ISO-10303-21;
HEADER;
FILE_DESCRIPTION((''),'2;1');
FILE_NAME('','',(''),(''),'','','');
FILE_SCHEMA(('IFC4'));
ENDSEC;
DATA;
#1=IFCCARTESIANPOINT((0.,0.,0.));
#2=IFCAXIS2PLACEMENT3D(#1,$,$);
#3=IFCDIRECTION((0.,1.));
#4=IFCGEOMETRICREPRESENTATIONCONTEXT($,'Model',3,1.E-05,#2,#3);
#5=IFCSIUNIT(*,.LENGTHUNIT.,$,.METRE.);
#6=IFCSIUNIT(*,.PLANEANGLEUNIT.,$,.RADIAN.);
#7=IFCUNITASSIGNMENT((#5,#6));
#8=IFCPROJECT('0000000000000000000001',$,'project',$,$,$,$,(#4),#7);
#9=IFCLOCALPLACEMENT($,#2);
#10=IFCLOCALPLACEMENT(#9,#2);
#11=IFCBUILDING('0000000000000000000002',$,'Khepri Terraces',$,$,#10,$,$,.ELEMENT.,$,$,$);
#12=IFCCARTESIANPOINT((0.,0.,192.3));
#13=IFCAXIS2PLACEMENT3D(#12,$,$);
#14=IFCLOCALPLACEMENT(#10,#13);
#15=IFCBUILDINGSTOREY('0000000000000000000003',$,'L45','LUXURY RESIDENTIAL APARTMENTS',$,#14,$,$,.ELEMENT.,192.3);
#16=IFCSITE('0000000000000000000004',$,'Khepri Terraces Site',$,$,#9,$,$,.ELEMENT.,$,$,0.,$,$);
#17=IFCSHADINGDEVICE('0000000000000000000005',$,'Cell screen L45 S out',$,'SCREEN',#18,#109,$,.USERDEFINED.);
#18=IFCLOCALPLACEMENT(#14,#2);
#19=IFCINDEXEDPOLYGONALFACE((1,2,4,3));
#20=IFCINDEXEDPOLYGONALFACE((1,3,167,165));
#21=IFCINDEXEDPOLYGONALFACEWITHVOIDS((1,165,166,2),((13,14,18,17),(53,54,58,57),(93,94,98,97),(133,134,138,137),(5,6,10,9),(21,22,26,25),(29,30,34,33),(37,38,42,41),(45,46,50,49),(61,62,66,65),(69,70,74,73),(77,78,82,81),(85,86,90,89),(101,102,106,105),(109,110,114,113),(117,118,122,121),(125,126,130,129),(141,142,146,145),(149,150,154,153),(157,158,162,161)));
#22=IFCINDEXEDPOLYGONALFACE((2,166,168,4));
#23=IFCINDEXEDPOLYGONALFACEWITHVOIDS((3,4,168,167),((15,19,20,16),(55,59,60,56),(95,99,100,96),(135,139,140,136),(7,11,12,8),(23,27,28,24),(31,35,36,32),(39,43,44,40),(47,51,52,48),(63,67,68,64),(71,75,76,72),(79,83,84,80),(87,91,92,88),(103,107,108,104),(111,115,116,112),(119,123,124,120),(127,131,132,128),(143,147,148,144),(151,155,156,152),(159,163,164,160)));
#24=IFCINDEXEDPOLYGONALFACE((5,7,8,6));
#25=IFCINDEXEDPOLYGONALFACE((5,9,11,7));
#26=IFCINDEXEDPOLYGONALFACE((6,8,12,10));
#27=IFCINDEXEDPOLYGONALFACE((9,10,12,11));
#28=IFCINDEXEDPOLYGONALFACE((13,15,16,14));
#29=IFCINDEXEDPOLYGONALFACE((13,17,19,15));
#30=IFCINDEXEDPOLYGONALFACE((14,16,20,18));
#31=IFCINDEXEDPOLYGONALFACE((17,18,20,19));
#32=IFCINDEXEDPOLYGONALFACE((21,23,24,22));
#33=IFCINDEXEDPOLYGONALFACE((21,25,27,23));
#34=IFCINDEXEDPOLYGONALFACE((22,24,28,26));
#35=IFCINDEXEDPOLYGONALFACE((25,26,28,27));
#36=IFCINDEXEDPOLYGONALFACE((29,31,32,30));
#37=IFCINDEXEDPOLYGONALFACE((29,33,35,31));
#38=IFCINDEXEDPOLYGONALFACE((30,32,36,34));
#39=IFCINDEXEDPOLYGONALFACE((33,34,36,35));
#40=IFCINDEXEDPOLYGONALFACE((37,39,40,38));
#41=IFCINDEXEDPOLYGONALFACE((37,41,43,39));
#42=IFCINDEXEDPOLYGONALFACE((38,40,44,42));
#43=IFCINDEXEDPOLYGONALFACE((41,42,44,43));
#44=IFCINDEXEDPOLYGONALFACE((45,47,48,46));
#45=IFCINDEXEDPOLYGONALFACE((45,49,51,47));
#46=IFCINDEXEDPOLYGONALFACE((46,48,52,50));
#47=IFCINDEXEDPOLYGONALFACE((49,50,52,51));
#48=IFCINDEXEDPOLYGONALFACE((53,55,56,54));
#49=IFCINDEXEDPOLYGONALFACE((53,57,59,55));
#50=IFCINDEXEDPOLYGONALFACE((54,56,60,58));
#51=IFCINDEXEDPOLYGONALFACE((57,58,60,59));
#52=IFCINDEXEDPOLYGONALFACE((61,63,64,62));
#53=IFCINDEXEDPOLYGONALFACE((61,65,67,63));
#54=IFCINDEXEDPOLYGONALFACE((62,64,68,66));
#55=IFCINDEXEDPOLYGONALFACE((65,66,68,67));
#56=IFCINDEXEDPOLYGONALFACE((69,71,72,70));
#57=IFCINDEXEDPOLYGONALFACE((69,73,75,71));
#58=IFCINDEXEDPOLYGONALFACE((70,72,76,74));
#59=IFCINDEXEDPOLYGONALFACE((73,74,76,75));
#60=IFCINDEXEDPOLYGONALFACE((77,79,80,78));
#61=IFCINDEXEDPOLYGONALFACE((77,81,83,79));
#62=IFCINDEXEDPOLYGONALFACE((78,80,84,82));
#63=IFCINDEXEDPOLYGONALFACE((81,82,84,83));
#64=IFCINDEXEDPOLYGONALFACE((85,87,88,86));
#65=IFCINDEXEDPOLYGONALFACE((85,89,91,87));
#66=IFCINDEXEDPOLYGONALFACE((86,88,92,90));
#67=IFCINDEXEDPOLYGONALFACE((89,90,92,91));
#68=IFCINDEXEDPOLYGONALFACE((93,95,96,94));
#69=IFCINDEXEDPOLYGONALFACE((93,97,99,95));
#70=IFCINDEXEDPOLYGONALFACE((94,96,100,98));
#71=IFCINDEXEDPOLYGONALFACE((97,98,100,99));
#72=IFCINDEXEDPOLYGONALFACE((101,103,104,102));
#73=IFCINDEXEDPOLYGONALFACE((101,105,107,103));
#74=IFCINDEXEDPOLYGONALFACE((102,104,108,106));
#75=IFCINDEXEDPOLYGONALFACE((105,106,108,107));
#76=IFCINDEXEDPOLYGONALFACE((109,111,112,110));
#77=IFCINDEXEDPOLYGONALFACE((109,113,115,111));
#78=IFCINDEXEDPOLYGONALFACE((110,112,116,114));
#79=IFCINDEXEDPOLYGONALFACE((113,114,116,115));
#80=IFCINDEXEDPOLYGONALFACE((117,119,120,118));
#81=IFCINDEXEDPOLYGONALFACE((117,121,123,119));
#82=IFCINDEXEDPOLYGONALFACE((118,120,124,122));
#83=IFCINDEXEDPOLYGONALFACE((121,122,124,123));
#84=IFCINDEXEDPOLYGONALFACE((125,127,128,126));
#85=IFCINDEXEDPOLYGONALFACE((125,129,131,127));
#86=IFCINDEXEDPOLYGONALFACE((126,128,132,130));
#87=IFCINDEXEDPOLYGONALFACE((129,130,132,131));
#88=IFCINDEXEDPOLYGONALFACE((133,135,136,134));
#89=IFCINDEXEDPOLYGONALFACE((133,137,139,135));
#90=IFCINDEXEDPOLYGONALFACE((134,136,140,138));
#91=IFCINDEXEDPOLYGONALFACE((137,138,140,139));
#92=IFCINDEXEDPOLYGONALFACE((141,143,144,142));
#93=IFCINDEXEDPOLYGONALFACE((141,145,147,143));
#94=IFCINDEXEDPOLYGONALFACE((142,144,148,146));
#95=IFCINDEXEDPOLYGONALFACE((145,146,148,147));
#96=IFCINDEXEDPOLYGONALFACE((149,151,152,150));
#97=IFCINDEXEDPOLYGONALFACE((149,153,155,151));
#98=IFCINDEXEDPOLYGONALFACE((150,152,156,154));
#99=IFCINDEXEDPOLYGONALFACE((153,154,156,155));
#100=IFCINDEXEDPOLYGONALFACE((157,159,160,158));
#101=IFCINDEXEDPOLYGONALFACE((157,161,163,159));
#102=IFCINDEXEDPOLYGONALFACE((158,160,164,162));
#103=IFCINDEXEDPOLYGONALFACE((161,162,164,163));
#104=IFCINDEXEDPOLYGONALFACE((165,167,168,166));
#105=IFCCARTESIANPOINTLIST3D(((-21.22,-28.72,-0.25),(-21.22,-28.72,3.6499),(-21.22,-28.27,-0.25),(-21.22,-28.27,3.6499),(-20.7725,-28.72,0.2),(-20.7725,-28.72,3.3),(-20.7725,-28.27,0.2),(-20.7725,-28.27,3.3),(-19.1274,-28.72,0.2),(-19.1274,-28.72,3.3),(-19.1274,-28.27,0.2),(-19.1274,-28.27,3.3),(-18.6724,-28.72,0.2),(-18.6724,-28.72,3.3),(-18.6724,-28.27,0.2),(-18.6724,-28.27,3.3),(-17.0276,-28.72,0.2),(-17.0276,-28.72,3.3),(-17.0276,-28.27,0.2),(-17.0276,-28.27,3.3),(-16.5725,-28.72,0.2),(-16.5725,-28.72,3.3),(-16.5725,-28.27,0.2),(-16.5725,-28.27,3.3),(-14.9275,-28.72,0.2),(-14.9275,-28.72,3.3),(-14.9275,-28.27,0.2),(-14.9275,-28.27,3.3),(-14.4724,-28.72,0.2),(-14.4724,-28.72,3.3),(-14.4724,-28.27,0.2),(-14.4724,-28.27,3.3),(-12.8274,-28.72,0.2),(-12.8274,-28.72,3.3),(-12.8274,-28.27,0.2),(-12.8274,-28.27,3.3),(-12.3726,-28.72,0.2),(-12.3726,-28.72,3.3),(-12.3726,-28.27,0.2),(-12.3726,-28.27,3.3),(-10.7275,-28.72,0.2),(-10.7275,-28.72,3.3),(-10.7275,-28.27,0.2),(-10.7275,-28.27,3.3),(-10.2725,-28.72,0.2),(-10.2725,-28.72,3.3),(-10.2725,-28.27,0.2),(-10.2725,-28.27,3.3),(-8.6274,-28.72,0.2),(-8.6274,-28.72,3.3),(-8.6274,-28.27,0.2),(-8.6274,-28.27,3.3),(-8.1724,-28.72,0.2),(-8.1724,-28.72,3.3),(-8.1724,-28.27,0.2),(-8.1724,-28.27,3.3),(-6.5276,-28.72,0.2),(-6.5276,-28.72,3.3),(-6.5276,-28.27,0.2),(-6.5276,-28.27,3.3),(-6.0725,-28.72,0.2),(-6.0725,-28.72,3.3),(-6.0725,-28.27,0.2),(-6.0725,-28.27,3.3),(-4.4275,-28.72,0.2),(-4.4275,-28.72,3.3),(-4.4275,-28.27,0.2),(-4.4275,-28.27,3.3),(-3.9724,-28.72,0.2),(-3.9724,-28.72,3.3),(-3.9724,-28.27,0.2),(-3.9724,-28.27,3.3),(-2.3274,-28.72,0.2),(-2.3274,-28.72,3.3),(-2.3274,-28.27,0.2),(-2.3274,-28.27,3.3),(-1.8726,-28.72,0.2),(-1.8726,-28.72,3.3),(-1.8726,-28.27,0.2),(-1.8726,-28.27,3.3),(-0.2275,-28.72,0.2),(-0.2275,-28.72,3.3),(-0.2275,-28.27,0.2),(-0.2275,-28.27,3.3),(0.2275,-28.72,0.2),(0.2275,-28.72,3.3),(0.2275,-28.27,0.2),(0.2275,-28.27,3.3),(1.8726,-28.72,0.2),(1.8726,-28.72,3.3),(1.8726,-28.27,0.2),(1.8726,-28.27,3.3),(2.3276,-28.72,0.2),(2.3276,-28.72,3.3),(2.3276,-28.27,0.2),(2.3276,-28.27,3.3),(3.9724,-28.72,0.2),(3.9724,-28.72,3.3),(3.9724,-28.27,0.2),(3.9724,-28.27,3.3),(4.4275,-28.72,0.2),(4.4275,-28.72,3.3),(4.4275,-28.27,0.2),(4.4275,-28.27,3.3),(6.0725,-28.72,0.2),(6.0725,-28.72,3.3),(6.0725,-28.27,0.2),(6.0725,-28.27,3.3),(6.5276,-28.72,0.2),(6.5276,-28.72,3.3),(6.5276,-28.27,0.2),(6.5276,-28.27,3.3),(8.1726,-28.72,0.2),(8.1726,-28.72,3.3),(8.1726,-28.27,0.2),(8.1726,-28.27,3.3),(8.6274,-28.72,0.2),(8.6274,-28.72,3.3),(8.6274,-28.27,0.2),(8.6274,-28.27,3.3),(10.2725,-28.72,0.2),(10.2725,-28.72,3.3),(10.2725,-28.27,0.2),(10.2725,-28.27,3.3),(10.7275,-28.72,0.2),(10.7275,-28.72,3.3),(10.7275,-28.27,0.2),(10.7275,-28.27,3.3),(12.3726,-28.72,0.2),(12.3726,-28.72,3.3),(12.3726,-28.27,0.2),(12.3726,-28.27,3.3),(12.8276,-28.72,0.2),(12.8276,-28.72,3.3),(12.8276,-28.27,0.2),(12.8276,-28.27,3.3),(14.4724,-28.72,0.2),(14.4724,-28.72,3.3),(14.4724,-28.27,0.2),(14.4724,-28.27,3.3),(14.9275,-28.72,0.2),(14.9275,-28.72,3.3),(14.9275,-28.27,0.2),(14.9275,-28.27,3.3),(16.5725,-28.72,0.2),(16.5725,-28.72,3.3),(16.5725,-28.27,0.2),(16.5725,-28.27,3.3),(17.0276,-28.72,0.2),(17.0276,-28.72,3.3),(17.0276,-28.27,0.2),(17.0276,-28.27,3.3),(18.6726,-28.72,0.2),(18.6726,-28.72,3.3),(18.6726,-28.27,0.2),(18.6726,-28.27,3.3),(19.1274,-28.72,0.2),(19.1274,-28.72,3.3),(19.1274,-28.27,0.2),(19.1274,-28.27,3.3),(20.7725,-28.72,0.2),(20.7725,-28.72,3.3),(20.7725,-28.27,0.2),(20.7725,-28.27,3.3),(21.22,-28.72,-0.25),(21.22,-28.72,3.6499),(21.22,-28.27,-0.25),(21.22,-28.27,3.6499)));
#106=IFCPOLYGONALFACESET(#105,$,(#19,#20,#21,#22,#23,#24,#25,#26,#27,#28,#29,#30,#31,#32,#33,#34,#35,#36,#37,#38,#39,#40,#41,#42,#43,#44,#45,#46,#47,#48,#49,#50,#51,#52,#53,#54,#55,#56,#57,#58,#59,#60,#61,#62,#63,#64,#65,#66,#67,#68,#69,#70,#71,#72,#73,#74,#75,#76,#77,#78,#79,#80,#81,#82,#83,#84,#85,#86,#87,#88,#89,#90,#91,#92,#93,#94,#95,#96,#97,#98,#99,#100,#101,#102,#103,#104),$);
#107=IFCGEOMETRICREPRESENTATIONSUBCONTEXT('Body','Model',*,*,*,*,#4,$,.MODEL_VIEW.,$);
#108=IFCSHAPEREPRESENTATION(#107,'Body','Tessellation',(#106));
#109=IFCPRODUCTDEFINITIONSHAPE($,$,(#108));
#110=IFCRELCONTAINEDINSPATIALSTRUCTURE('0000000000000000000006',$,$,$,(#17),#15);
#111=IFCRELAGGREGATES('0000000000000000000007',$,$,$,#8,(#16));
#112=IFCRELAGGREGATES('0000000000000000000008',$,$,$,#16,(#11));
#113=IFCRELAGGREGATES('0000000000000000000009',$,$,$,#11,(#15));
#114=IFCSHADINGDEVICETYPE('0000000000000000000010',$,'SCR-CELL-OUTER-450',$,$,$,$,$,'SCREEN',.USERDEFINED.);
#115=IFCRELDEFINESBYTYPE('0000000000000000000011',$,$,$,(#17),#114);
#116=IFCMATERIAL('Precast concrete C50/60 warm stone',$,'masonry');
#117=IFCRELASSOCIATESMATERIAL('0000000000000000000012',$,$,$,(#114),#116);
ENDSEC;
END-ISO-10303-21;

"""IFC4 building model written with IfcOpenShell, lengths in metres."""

from ifc_helpers import new_model, si_unit, direction, frame, origin, place, context, subcontext, project, spatial, polyline, outline, extrude, material, type_object, element, save


model = new_model("IFC4")

# Units and contexts
model_context = context("Model", 3, precision=1e-05, world=origin(), true_north=direction((0.0, 1.0)))
body_context = subcontext(model_context, "Body", "Model", "MODEL_VIEW")
ifc_project = project(units=[si_unit("LENGTHUNIT", "METRE"), si_unit("PLANEANGLEUNIT", "RADIAN")], contexts=[model_context])

# Site, building, storey
site_placement = place(None, origin())
site = spatial("IfcSite", under=ifc_project, at=site_placement, Name="Khepri Terraces Site", CompositionType="ELEMENT", RefElevation=0.0)
building_placement = place(site_placement, origin())
building = spatial("IfcBuilding", under=site, at=building_placement, Name="Khepri Terraces", CompositionType="ELEMENT")
storey_placement = place(building_placement, frame((0.0, 0.0, 192.3)))
storey = spatial("IfcBuildingStorey", under=building, at=storey_placement, Name="L45", Description="LUXURY RESIDENTIAL APARTMENTS", CompositionType="ELEMENT", Elevation=192.3)

# Shared definitions
ifc_material_1 = material(Name="Precast concrete C50/60 warm stone", Category="masonry")

# Shading device
shading_device_type_1 = type_object("IfcShadingDeviceType", Name="SCR-CELL-OUTER-450", ElementType="SCREEN", PredefinedType="USERDEFINED", material=ifc_material_1)
shading_device_1_placement = place(storey_placement, frame((-21.22, -28.27, -0.25), z_axis=(0.0, -1.0, 0.0), x_axis=(1.0, 0.0, 0.0)))
element("IfcShadingDevice", 1, at=shading_device_1_placement, inside=storey, type_object=shading_device_type_1, Name="Cell screen L45 S out", ObjectType="SCREEN", PredefinedType="USERDEFINED", context=body_context, shape_type="SweptSolid", body=[
    extrude(outline(polyline([(0.0, 0.0), (42.4399, 0.0), (42.4399, 3.8999), (0.0, 3.8999), (0.0, 0.0)]), holes=[polyline([(0.4475, 0.45), (2.0925, 0.45), (2.0925, 3.55), (0.4475, 3.55), (0.4475, 0.45)]), polyline([(2.5476, 0.45), (4.1924, 0.45), (4.1924, 3.55), (2.5476, 3.55), (2.5476, 0.45)]), polyline([(4.6475, 0.45), (6.2925, 0.45), (6.2925, 3.55), (4.6475, 3.55), (4.6475, 0.45)]), polyline([(6.7476, 0.45), (8.3926, 0.45), (8.3926, 3.55), (6.7476, 3.55), (6.7476, 0.45)]), polyline([(8.8474, 0.45), (10.4924, 0.45), (10.4924, 3.55), (8.8474, 3.55), (8.8474, 0.45)]), polyline([(10.9475, 0.45), (12.5925, 0.45), (12.5925, 3.55), (10.9475, 3.55), (10.9475, 0.45)]), polyline([(13.0476, 0.45), (14.6924, 0.45), (14.6924, 3.55), (13.0476, 3.55), (13.0476, 0.45)]), polyline([(15.1475, 0.45), (16.7925, 0.45), (16.7925, 3.55), (15.1475, 3.55), (15.1475, 0.45)]), polyline([(17.2476, 0.45), (18.8926, 0.45), (18.8926, 3.55), (17.2476, 3.55), (17.2476, 0.45)]), polyline([(19.3474, 0.45), (20.9924, 0.45), (20.9924, 3.55), (19.3474, 3.55), (19.3474, 0.45)]), polyline([(21.4475, 0.45), (23.0925, 0.45), (23.0925, 3.55), (21.4475, 3.55), (21.4475, 0.45)]), polyline([(23.5476, 0.45), (25.1924, 0.45), (25.1924, 3.55), (23.5476, 3.55), (23.5476, 0.45)]), polyline([(25.6475, 0.45), (27.2925, 0.45), (27.2925, 3.55), (25.6475, 3.55), (25.6475, 0.45)]), polyline([(27.7476, 0.45), (29.3926, 0.45), (29.3926, 3.55), (27.7476, 3.55), (27.7476, 0.45)]), polyline([(29.8474, 0.45), (31.4924, 0.45), (31.4924, 3.55), (29.8474, 3.55), (29.8474, 0.45)]), polyline([(31.9475, 0.45), (33.5925, 0.45), (33.5925, 3.55), (31.9475, 3.55), (31.9475, 0.45)]), polyline([(34.0476, 0.45), (35.6924, 0.45), (35.6924, 3.55), (34.0476, 3.55), (34.0476, 0.45)]), polyline([(36.1475, 0.45), (37.7925, 0.45), (37.7925, 3.55), (36.1475, 3.55), (36.1475, 0.45)]), polyline([(38.2476, 0.45), (39.8926, 0.45), (39.8926, 3.55), (38.2476, 3.55), (38.2476, 0.45)]), polyline([(40.3474, 0.45), (41.9924, 0.45), (41.9924, 3.55), (40.3474, 3.55), (40.3474, 0.45)])]), origin(), (0.0, 0.0, 1.0), 0.45),
])

save(model, "model.ifc")
